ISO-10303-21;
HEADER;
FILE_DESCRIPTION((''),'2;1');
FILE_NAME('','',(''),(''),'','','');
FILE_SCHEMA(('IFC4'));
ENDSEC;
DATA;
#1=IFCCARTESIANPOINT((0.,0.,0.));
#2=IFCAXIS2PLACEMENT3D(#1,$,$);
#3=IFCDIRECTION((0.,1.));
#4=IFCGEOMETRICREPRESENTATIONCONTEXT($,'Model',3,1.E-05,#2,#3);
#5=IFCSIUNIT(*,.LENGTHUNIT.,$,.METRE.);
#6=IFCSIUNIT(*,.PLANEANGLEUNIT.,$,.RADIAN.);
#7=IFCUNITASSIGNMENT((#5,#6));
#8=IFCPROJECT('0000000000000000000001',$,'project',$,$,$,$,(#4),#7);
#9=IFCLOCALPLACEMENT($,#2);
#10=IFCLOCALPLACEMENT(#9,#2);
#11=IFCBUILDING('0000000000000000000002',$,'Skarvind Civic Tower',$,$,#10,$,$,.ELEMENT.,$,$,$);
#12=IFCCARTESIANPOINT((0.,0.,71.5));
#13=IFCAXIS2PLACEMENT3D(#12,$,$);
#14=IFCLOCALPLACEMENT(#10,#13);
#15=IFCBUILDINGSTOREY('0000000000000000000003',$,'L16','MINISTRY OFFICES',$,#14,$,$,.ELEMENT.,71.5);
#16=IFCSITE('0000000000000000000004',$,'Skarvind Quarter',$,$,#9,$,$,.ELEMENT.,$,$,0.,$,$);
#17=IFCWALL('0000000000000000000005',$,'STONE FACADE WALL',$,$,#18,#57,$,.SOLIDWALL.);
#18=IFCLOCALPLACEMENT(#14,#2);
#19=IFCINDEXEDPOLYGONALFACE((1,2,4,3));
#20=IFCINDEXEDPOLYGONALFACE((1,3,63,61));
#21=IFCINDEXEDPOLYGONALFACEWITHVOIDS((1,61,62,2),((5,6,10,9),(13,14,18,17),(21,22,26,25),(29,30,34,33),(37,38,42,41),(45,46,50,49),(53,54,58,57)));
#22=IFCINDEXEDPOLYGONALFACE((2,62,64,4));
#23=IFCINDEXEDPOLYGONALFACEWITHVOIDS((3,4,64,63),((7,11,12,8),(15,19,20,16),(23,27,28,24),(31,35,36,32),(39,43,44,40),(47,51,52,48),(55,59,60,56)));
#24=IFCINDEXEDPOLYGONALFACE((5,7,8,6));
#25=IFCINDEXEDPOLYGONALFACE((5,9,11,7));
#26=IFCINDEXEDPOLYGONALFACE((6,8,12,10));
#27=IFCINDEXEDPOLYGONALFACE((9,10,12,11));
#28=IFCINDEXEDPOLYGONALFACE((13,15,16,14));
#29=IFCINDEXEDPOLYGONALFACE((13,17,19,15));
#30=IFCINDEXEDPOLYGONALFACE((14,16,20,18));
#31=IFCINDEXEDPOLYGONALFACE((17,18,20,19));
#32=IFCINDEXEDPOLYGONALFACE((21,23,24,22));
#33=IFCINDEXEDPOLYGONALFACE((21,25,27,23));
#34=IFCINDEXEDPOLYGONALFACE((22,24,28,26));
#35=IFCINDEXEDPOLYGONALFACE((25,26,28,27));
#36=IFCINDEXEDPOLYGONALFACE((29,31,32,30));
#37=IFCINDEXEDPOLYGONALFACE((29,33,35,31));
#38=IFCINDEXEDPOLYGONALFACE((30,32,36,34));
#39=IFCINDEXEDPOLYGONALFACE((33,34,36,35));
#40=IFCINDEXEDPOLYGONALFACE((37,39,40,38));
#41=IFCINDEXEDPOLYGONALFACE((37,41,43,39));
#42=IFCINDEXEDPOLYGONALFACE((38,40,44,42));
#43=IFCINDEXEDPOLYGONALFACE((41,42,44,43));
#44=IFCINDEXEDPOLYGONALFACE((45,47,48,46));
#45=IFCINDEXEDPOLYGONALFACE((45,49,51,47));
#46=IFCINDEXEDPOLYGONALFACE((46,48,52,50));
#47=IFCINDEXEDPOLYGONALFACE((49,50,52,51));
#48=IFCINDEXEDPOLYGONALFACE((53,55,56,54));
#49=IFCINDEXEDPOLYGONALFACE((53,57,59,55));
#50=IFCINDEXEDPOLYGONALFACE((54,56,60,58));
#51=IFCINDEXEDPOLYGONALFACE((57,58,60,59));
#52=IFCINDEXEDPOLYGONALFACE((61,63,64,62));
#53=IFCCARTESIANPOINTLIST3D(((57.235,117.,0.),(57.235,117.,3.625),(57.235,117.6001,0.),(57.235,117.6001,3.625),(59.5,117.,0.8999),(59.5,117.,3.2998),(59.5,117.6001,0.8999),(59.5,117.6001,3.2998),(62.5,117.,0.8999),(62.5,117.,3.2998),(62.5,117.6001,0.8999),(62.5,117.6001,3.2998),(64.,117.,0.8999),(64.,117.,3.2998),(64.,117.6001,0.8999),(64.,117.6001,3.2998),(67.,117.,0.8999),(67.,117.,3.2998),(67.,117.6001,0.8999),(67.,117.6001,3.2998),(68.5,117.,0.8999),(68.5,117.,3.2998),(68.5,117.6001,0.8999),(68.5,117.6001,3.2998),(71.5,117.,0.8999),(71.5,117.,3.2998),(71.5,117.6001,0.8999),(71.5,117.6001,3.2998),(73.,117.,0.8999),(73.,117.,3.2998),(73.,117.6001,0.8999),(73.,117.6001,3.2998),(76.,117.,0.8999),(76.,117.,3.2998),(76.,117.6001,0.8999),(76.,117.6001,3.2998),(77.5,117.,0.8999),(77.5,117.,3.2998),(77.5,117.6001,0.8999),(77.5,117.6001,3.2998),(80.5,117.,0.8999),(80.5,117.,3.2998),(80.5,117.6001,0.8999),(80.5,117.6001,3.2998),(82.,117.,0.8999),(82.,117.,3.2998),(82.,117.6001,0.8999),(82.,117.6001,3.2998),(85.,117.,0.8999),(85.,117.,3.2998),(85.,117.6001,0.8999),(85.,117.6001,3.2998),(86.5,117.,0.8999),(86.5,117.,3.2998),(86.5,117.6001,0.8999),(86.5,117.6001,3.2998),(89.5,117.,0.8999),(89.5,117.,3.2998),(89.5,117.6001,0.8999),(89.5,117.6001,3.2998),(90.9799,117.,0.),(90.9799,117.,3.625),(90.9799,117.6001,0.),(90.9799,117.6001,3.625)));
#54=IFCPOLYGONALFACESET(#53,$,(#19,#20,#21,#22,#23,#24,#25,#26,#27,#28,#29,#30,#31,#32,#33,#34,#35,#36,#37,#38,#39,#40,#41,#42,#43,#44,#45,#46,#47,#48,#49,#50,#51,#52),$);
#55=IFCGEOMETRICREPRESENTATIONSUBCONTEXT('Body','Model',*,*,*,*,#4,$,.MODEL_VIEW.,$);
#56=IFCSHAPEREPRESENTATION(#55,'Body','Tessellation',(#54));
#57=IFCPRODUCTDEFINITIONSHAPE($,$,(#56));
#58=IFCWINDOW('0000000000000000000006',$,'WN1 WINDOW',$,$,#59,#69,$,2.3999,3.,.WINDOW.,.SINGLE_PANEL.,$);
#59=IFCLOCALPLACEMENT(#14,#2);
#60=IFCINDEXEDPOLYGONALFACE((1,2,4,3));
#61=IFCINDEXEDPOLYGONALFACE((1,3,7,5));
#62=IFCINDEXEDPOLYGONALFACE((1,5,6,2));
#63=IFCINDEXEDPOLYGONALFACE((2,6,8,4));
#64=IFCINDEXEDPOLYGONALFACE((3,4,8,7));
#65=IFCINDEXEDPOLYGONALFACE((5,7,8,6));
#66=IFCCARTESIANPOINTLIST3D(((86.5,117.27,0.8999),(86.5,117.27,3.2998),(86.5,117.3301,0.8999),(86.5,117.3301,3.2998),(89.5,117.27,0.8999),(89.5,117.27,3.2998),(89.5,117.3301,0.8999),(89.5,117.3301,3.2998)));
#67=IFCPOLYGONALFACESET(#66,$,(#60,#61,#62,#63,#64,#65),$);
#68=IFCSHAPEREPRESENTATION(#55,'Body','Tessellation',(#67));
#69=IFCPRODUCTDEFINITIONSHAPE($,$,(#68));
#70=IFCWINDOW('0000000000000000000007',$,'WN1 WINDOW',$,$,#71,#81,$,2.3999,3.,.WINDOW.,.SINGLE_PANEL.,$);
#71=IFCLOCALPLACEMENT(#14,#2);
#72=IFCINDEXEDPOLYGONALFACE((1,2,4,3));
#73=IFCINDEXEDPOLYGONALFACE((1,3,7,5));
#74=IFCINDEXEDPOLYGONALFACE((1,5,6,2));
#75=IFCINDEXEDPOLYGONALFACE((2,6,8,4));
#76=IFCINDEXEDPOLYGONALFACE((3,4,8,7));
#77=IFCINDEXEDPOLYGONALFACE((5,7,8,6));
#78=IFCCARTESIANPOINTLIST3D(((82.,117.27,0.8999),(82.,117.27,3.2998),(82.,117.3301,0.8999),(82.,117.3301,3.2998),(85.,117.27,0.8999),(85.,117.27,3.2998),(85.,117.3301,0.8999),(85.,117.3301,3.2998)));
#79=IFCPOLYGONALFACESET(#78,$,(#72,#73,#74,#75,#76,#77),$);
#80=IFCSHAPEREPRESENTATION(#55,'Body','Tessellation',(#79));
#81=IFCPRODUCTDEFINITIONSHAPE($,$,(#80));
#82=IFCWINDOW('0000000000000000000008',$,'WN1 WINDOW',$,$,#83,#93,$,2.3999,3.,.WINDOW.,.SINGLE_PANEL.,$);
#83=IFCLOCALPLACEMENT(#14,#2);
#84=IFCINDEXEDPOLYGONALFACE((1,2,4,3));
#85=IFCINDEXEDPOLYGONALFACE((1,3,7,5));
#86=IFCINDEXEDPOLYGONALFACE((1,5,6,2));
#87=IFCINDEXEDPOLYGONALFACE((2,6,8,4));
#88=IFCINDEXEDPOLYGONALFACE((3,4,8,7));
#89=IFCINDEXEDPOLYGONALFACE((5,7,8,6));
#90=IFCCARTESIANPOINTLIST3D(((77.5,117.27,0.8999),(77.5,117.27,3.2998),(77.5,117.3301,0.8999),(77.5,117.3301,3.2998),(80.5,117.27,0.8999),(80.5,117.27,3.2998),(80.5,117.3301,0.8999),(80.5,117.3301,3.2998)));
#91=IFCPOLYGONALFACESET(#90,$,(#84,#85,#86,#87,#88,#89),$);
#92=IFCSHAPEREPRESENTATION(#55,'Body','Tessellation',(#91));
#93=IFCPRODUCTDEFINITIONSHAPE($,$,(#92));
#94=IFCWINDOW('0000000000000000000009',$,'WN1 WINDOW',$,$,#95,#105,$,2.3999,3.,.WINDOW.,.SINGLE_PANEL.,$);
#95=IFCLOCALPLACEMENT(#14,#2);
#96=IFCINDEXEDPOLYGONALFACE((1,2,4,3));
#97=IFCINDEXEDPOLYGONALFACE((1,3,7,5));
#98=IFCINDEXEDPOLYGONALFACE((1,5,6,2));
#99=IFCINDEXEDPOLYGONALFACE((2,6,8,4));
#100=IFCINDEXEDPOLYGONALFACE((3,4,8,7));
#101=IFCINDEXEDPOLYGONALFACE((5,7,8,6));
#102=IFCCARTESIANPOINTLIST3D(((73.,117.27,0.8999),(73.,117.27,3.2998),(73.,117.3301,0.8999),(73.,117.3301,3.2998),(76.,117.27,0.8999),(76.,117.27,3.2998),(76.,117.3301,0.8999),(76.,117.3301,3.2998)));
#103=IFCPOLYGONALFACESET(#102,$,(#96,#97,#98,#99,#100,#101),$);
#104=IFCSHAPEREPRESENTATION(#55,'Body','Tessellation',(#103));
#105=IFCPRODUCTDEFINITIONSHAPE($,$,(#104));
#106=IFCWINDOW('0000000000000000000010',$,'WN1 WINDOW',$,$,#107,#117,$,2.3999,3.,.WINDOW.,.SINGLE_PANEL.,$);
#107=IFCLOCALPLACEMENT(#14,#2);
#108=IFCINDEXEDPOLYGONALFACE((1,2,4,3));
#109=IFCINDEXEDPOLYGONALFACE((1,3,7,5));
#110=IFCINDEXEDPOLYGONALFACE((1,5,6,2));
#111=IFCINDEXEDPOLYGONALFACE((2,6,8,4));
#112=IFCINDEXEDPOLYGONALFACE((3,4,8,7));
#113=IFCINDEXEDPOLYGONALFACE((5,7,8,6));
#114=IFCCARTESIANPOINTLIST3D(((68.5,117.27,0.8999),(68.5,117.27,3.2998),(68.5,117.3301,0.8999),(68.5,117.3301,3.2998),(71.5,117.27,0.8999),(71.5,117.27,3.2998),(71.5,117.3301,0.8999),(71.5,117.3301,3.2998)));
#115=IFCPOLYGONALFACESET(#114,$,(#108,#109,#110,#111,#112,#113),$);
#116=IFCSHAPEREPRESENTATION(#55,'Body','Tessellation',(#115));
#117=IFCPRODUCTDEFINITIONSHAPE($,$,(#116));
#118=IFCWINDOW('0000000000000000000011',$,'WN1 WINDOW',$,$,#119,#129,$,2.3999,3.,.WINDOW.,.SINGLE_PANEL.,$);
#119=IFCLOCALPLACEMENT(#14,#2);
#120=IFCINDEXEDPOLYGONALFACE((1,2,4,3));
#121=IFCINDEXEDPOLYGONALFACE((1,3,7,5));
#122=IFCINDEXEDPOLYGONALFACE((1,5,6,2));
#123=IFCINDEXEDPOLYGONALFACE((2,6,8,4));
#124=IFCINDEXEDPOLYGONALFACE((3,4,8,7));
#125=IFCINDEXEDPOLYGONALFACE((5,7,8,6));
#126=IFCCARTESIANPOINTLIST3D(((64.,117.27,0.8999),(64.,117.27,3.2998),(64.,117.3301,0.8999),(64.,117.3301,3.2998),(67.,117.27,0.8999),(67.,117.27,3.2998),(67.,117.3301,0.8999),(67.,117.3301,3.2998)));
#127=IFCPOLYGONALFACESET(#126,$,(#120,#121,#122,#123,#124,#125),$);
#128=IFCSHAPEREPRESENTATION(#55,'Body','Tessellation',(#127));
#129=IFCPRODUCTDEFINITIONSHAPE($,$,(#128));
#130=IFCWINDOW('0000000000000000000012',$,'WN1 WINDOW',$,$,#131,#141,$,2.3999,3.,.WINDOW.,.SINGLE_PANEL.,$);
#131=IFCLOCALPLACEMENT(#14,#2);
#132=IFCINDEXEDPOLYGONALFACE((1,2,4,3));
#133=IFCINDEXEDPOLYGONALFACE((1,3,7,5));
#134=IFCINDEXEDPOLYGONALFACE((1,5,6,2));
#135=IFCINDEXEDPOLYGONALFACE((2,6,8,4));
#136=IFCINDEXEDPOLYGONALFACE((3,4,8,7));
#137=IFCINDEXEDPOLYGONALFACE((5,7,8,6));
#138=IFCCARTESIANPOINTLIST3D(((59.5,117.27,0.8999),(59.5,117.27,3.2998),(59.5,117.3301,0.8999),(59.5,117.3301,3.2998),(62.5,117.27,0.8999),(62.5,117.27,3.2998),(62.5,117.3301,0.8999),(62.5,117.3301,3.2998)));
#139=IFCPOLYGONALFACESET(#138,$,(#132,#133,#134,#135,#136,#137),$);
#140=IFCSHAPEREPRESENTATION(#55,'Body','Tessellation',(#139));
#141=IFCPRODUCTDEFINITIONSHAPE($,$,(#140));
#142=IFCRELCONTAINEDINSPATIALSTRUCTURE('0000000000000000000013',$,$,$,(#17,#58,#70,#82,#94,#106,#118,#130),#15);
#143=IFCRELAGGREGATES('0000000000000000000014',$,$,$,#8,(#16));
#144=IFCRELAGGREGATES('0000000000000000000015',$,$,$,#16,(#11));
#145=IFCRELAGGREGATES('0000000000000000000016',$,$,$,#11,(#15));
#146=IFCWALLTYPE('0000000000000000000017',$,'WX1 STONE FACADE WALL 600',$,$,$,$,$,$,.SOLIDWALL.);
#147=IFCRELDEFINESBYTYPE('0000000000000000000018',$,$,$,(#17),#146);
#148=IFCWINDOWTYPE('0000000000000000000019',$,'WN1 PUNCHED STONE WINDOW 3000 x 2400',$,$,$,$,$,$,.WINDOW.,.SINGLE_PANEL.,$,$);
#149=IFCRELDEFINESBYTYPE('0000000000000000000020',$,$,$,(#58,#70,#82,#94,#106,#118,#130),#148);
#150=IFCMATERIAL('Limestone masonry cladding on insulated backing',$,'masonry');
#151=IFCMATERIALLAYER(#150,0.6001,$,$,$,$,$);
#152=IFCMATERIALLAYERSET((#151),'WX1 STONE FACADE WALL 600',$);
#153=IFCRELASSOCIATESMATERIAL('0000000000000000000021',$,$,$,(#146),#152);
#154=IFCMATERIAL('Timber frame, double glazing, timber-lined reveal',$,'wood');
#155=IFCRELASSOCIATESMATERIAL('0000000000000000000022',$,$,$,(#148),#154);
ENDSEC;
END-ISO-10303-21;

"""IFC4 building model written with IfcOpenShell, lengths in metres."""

from ifc_helpers import new_model, si_unit, direction, frame, frame_2d, origin, place, context, subcontext, project, spatial, rectangle, extrude, material, layer, layer_set, type_object, element, fill, save


model = new_model("IFC4")

# Units and contexts
model_context = context("Model", 3, precision=1e-05, world=origin(), true_north=direction((0.0, 1.0)))
body_context = subcontext(model_context, "Body", "Model", "MODEL_VIEW")
ifc_project = project(units=[si_unit("LENGTHUNIT", "METRE"), si_unit("PLANEANGLEUNIT", "RADIAN")], contexts=[model_context])

# Site, building, storey
site_placement = place(None, origin())
site = spatial("IfcSite", under=ifc_project, at=site_placement, Name="Skarvind Quarter", CompositionType="ELEMENT", RefElevation=0.0)
building_placement = place(site_placement, origin())
building = spatial("IfcBuilding", under=site, at=building_placement, Name="Skarvind Civic Tower", CompositionType="ELEMENT")
storey_placement = place(building_placement, frame((0.0, 0.0, 71.5)))
storey = spatial("IfcBuildingStorey", under=building, at=storey_placement, Name="L16", Description="MINISTRY OFFICES", CompositionType="ELEMENT", Elevation=71.5)

# Wall, openings, windows
ifc_material_1 = material(Name="Limestone masonry cladding on insulated backing", Category="masonry")
ifc_layer_1 = layer(ifc_material_1, 0.6001)
ifc_layer_set_1 = layer_set([ifc_layer_1], Name="WX1 STONE FACADE WALL 600")
wall_type_1 = type_object("IfcWallType", Name="WX1 STONE FACADE WALL 600", PredefinedType="SOLIDWALL", material=ifc_layer_set_1)
wall_1_placement = place(storey_placement, frame((90.98, 117.3, 0.0), z_axis=(0.0, 0.0, 1.0), x_axis=(-1.0, 0.0, 0.0)))
wall_1 = element("IfcWall", 1, at=wall_1_placement, inside=storey, type_object=wall_type_1, Name="STONE FACADE WALL", PredefinedType="SOLIDWALL", context=body_context, shape_type="SweptSolid", body=[
    extrude(rectangle(XDim=33.7449, YDim=0.6001, at=frame_2d((16.8726, 0.0))), origin(), (0.0, 0.0, 1.0), 3.625),
])
opening_1_placement = place(wall_1_placement, frame((1.48, 0.0, 0.8999)))
opening_1 = element("IfcOpeningElement", 2, at=opening_1_placement, cuts=wall_1, PredefinedType="OPENING", context=body_context, shape_type="SweptSolid", body=[
    extrude(rectangle(XDim=3.0, YDim=2.3999, at=frame_2d((1.5, 1.2))), frame((0.0, 0.3101, 0.0), z_axis=(0.0, -1.0, 0.0), x_axis=(1.0, 0.0, 0.0)), (0.0, 0.0, 1.0), 0.6201),
])
opening_2_placement = place(wall_1_placement, frame((5.98, 0.0, 0.8999)))
opening_2 = element("IfcOpeningElement", 3, at=opening_2_placement, cuts=wall_1, PredefinedType="OPENING", context=body_context, shape_type="SweptSolid", body=[
    extrude(rectangle(XDim=3.0, YDim=2.3999, at=frame_2d((1.5, 1.2))), frame((0.0, 0.3101, 0.0), z_axis=(0.0, -1.0, 0.0), x_axis=(1.0, 0.0, 0.0)), (0.0, 0.0, 1.0), 0.6201),
])
opening_3_placement = place(wall_1_placement, frame((10.48, 0.0, 0.8999)))
opening_3 = element("IfcOpeningElement", 4, at=opening_3_placement, cuts=wall_1, PredefinedType="OPENING", context=body_context, shape_type="SweptSolid", body=[
    extrude(rectangle(XDim=3.0, YDim=2.3999, at=frame_2d((1.5, 1.2))), frame((0.0, 0.3101, 0.0), z_axis=(0.0, -1.0, 0.0), x_axis=(1.0, 0.0, 0.0)), (0.0, 0.0, 1.0), 0.6201),
])
opening_4_placement = place(wall_1_placement, frame((14.98, 0.0, 0.8999)))
opening_4 = element("IfcOpeningElement", 5, at=opening_4_placement, cuts=wall_1, PredefinedType="OPENING", context=body_context, shape_type="SweptSolid", body=[
    extrude(rectangle(XDim=3.0, YDim=2.3999, at=frame_2d((1.5, 1.2))), frame((0.0, 0.3101, 0.0), z_axis=(0.0, -1.0, 0.0), x_axis=(1.0, 0.0, 0.0)), (0.0, 0.0, 1.0), 0.6201),
])
opening_5_placement = place(wall_1_placement, frame((19.48, 0.0, 0.8999)))
opening_5 = element("IfcOpeningElement", 6, at=opening_5_placement, cuts=wall_1, PredefinedType="OPENING", context=body_context, shape_type="SweptSolid", body=[
    extrude(rectangle(XDim=3.0, YDim=2.3999, at=frame_2d((1.5, 1.2))), frame((0.0, 0.3101, 0.0), z_axis=(0.0, -1.0, 0.0), x_axis=(1.0, 0.0, 0.0)), (0.0, 0.0, 1.0), 0.6201),
])
opening_6_placement = place(wall_1_placement, frame((23.98, 0.0, 0.8999)))
opening_6 = element("IfcOpeningElement", 7, at=opening_6_placement, cuts=wall_1, PredefinedType="OPENING", context=body_context, shape_type="SweptSolid", body=[
    extrude(rectangle(XDim=3.0, YDim=2.3999, at=frame_2d((1.5, 1.2))), frame((0.0, 0.3101, 0.0), z_axis=(0.0, -1.0, 0.0), x_axis=(1.0, 0.0, 0.0)), (0.0, 0.0, 1.0), 0.6201),
])
opening_7_placement = place(wall_1_placement, frame((28.48, 0.0, 0.8999)))
opening_7 = element("IfcOpeningElement", 8, at=opening_7_placement, cuts=wall_1, PredefinedType="OPENING", context=body_context, shape_type="SweptSolid", body=[
    extrude(rectangle(XDim=3.0, YDim=2.3999, at=frame_2d((1.5, 1.2))), frame((0.0, 0.3101, 0.0), z_axis=(0.0, -1.0, 0.0), x_axis=(1.0, 0.0, 0.0)), (0.0, 0.0, 1.0), 0.6201),
])
ifc_material_2 = material(Name="Timber frame, double glazing, timber-lined reveal", Category="wood")
window_type = type_object("IfcWindowType", Name="WN1 PUNCHED STONE WINDOW 3000 x 2400", PartitioningType="SINGLE_PANEL", PredefinedType="WINDOW", material=ifc_material_2)
window_1_placement = place(opening_1_placement, origin())
window_1 = element("IfcWindow", 9, at=window_1_placement, inside=storey, type_object=window_type, Name="WN1 WINDOW", OverallHeight=2.3999, OverallWidth=3.0, PartitioningType="SINGLE_PANEL", PredefinedType="WINDOW", context=body_context, shape_type="SweptSolid", body=[
    extrude(rectangle(XDim=3.0, YDim=2.3999, at=frame_2d((1.5, 1.2))), frame((0.0, 0.03, 0.0), z_axis=(0.0, -1.0, 0.0), x_axis=(1.0, 0.0, 0.0)), (0.0, 0.0, 1.0), 0.0601),
])
fill(opening_1, window_1)
window_2_placement = place(opening_2_placement, origin())
window_2 = element("IfcWindow", 10, at=window_2_placement, inside=storey, type_object=window_type, Name="WN1 WINDOW", OverallHeight=2.3999, OverallWidth=3.0, PartitioningType="SINGLE_PANEL", PredefinedType="WINDOW", context=body_context, shape_type="SweptSolid", body=[
    extrude(rectangle(XDim=3.0, YDim=2.3999, at=frame_2d((1.5, 1.2))), frame((0.0, 0.03, 0.0), z_axis=(0.0, -1.0, 0.0), x_axis=(1.0, 0.0, 0.0)), (0.0, 0.0, 1.0), 0.0601),
])
fill(opening_2, window_2)
window_3_placement = place(opening_3_placement, origin())
window_3 = element("IfcWindow", 11, at=window_3_placement, inside=storey, type_object=window_type, Name="WN1 WINDOW", OverallHeight=2.3999, OverallWidth=3.0, PartitioningType="SINGLE_PANEL", PredefinedType="WINDOW", context=body_context, shape_type="SweptSolid", body=[
    extrude(rectangle(XDim=3.0, YDim=2.3999, at=frame_2d((1.5, 1.2))), frame((0.0, 0.03, 0.0), z_axis=(0.0, -1.0, 0.0), x_axis=(1.0, 0.0, 0.0)), (0.0, 0.0, 1.0), 0.0601),
])
fill(opening_3, window_3)
window_4_placement = place(opening_4_placement, origin())
window_4 = element("IfcWindow", 12, at=window_4_placement, inside=storey, type_object=window_type, Name="WN1 WINDOW", OverallHeight=2.3999, OverallWidth=3.0, PartitioningType="SINGLE_PANEL", PredefinedType="WINDOW", context=body_context, shape_type="SweptSolid", body=[
    extrude(rectangle(XDim=3.0, YDim=2.3999, at=frame_2d((1.5, 1.2))), frame((0.0, 0.03, 0.0), z_axis=(0.0, -1.0, 0.0), x_axis=(1.0, 0.0, 0.0)), (0.0, 0.0, 1.0), 0.0601),
])
fill(opening_4, window_4)
window_5_placement = place(opening_5_placement, origin())
window_5 = element("IfcWindow", 13, at=window_5_placement, inside=storey, type_object=window_type, Name="WN1 WINDOW", OverallHeight=2.3999, OverallWidth=3.0, PartitioningType="SINGLE_PANEL", PredefinedType="WINDOW", context=body_context, shape_type="SweptSolid", body=[
    extrude(rectangle(XDim=3.0, YDim=2.3999, at=frame_2d((1.5, 1.2))), frame((0.0, 0.03, 0.0), z_axis=(0.0, -1.0, 0.0), x_axis=(1.0, 0.0, 0.0)), (0.0, 0.0, 1.0), 0.0601),
])
fill(opening_5, window_5)
window_6_placement = place(opening_6_placement, origin())
window_6 = element("IfcWindow", 14, at=window_6_placement, inside=storey, type_object=window_type, Name="WN1 WINDOW", OverallHeight=2.3999, OverallWidth=3.0, PartitioningType="SINGLE_PANEL", PredefinedType="WINDOW", context=body_context, shape_type="SweptSolid", body=[
    extrude(rectangle(XDim=3.0, YDim=2.3999, at=frame_2d((1.5, 1.2))), frame((0.0, 0.03, 0.0), z_axis=(0.0, -1.0, 0.0), x_axis=(1.0, 0.0, 0.0)), (0.0, 0.0, 1.0), 0.0601),
])
fill(opening_6, window_6)
window_7_placement = place(opening_7_placement, origin())
window_7 = element("IfcWindow", 15, at=window_7_placement, inside=storey, type_object=window_type, Name="WN1 WINDOW", OverallHeight=2.3999, OverallWidth=3.0, PartitioningType="SINGLE_PANEL", PredefinedType="WINDOW", context=body_context, shape_type="SweptSolid", body=[
    extrude(rectangle(XDim=3.0, YDim=2.3999, at=frame_2d((1.5, 1.2))), frame((0.0, 0.03, 0.0), z_axis=(0.0, -1.0, 0.0), x_axis=(1.0, 0.0, 0.0)), (0.0, 0.0, 1.0), 0.0601),
])
fill(opening_7, window_7)

save(model, "model.ifc")
